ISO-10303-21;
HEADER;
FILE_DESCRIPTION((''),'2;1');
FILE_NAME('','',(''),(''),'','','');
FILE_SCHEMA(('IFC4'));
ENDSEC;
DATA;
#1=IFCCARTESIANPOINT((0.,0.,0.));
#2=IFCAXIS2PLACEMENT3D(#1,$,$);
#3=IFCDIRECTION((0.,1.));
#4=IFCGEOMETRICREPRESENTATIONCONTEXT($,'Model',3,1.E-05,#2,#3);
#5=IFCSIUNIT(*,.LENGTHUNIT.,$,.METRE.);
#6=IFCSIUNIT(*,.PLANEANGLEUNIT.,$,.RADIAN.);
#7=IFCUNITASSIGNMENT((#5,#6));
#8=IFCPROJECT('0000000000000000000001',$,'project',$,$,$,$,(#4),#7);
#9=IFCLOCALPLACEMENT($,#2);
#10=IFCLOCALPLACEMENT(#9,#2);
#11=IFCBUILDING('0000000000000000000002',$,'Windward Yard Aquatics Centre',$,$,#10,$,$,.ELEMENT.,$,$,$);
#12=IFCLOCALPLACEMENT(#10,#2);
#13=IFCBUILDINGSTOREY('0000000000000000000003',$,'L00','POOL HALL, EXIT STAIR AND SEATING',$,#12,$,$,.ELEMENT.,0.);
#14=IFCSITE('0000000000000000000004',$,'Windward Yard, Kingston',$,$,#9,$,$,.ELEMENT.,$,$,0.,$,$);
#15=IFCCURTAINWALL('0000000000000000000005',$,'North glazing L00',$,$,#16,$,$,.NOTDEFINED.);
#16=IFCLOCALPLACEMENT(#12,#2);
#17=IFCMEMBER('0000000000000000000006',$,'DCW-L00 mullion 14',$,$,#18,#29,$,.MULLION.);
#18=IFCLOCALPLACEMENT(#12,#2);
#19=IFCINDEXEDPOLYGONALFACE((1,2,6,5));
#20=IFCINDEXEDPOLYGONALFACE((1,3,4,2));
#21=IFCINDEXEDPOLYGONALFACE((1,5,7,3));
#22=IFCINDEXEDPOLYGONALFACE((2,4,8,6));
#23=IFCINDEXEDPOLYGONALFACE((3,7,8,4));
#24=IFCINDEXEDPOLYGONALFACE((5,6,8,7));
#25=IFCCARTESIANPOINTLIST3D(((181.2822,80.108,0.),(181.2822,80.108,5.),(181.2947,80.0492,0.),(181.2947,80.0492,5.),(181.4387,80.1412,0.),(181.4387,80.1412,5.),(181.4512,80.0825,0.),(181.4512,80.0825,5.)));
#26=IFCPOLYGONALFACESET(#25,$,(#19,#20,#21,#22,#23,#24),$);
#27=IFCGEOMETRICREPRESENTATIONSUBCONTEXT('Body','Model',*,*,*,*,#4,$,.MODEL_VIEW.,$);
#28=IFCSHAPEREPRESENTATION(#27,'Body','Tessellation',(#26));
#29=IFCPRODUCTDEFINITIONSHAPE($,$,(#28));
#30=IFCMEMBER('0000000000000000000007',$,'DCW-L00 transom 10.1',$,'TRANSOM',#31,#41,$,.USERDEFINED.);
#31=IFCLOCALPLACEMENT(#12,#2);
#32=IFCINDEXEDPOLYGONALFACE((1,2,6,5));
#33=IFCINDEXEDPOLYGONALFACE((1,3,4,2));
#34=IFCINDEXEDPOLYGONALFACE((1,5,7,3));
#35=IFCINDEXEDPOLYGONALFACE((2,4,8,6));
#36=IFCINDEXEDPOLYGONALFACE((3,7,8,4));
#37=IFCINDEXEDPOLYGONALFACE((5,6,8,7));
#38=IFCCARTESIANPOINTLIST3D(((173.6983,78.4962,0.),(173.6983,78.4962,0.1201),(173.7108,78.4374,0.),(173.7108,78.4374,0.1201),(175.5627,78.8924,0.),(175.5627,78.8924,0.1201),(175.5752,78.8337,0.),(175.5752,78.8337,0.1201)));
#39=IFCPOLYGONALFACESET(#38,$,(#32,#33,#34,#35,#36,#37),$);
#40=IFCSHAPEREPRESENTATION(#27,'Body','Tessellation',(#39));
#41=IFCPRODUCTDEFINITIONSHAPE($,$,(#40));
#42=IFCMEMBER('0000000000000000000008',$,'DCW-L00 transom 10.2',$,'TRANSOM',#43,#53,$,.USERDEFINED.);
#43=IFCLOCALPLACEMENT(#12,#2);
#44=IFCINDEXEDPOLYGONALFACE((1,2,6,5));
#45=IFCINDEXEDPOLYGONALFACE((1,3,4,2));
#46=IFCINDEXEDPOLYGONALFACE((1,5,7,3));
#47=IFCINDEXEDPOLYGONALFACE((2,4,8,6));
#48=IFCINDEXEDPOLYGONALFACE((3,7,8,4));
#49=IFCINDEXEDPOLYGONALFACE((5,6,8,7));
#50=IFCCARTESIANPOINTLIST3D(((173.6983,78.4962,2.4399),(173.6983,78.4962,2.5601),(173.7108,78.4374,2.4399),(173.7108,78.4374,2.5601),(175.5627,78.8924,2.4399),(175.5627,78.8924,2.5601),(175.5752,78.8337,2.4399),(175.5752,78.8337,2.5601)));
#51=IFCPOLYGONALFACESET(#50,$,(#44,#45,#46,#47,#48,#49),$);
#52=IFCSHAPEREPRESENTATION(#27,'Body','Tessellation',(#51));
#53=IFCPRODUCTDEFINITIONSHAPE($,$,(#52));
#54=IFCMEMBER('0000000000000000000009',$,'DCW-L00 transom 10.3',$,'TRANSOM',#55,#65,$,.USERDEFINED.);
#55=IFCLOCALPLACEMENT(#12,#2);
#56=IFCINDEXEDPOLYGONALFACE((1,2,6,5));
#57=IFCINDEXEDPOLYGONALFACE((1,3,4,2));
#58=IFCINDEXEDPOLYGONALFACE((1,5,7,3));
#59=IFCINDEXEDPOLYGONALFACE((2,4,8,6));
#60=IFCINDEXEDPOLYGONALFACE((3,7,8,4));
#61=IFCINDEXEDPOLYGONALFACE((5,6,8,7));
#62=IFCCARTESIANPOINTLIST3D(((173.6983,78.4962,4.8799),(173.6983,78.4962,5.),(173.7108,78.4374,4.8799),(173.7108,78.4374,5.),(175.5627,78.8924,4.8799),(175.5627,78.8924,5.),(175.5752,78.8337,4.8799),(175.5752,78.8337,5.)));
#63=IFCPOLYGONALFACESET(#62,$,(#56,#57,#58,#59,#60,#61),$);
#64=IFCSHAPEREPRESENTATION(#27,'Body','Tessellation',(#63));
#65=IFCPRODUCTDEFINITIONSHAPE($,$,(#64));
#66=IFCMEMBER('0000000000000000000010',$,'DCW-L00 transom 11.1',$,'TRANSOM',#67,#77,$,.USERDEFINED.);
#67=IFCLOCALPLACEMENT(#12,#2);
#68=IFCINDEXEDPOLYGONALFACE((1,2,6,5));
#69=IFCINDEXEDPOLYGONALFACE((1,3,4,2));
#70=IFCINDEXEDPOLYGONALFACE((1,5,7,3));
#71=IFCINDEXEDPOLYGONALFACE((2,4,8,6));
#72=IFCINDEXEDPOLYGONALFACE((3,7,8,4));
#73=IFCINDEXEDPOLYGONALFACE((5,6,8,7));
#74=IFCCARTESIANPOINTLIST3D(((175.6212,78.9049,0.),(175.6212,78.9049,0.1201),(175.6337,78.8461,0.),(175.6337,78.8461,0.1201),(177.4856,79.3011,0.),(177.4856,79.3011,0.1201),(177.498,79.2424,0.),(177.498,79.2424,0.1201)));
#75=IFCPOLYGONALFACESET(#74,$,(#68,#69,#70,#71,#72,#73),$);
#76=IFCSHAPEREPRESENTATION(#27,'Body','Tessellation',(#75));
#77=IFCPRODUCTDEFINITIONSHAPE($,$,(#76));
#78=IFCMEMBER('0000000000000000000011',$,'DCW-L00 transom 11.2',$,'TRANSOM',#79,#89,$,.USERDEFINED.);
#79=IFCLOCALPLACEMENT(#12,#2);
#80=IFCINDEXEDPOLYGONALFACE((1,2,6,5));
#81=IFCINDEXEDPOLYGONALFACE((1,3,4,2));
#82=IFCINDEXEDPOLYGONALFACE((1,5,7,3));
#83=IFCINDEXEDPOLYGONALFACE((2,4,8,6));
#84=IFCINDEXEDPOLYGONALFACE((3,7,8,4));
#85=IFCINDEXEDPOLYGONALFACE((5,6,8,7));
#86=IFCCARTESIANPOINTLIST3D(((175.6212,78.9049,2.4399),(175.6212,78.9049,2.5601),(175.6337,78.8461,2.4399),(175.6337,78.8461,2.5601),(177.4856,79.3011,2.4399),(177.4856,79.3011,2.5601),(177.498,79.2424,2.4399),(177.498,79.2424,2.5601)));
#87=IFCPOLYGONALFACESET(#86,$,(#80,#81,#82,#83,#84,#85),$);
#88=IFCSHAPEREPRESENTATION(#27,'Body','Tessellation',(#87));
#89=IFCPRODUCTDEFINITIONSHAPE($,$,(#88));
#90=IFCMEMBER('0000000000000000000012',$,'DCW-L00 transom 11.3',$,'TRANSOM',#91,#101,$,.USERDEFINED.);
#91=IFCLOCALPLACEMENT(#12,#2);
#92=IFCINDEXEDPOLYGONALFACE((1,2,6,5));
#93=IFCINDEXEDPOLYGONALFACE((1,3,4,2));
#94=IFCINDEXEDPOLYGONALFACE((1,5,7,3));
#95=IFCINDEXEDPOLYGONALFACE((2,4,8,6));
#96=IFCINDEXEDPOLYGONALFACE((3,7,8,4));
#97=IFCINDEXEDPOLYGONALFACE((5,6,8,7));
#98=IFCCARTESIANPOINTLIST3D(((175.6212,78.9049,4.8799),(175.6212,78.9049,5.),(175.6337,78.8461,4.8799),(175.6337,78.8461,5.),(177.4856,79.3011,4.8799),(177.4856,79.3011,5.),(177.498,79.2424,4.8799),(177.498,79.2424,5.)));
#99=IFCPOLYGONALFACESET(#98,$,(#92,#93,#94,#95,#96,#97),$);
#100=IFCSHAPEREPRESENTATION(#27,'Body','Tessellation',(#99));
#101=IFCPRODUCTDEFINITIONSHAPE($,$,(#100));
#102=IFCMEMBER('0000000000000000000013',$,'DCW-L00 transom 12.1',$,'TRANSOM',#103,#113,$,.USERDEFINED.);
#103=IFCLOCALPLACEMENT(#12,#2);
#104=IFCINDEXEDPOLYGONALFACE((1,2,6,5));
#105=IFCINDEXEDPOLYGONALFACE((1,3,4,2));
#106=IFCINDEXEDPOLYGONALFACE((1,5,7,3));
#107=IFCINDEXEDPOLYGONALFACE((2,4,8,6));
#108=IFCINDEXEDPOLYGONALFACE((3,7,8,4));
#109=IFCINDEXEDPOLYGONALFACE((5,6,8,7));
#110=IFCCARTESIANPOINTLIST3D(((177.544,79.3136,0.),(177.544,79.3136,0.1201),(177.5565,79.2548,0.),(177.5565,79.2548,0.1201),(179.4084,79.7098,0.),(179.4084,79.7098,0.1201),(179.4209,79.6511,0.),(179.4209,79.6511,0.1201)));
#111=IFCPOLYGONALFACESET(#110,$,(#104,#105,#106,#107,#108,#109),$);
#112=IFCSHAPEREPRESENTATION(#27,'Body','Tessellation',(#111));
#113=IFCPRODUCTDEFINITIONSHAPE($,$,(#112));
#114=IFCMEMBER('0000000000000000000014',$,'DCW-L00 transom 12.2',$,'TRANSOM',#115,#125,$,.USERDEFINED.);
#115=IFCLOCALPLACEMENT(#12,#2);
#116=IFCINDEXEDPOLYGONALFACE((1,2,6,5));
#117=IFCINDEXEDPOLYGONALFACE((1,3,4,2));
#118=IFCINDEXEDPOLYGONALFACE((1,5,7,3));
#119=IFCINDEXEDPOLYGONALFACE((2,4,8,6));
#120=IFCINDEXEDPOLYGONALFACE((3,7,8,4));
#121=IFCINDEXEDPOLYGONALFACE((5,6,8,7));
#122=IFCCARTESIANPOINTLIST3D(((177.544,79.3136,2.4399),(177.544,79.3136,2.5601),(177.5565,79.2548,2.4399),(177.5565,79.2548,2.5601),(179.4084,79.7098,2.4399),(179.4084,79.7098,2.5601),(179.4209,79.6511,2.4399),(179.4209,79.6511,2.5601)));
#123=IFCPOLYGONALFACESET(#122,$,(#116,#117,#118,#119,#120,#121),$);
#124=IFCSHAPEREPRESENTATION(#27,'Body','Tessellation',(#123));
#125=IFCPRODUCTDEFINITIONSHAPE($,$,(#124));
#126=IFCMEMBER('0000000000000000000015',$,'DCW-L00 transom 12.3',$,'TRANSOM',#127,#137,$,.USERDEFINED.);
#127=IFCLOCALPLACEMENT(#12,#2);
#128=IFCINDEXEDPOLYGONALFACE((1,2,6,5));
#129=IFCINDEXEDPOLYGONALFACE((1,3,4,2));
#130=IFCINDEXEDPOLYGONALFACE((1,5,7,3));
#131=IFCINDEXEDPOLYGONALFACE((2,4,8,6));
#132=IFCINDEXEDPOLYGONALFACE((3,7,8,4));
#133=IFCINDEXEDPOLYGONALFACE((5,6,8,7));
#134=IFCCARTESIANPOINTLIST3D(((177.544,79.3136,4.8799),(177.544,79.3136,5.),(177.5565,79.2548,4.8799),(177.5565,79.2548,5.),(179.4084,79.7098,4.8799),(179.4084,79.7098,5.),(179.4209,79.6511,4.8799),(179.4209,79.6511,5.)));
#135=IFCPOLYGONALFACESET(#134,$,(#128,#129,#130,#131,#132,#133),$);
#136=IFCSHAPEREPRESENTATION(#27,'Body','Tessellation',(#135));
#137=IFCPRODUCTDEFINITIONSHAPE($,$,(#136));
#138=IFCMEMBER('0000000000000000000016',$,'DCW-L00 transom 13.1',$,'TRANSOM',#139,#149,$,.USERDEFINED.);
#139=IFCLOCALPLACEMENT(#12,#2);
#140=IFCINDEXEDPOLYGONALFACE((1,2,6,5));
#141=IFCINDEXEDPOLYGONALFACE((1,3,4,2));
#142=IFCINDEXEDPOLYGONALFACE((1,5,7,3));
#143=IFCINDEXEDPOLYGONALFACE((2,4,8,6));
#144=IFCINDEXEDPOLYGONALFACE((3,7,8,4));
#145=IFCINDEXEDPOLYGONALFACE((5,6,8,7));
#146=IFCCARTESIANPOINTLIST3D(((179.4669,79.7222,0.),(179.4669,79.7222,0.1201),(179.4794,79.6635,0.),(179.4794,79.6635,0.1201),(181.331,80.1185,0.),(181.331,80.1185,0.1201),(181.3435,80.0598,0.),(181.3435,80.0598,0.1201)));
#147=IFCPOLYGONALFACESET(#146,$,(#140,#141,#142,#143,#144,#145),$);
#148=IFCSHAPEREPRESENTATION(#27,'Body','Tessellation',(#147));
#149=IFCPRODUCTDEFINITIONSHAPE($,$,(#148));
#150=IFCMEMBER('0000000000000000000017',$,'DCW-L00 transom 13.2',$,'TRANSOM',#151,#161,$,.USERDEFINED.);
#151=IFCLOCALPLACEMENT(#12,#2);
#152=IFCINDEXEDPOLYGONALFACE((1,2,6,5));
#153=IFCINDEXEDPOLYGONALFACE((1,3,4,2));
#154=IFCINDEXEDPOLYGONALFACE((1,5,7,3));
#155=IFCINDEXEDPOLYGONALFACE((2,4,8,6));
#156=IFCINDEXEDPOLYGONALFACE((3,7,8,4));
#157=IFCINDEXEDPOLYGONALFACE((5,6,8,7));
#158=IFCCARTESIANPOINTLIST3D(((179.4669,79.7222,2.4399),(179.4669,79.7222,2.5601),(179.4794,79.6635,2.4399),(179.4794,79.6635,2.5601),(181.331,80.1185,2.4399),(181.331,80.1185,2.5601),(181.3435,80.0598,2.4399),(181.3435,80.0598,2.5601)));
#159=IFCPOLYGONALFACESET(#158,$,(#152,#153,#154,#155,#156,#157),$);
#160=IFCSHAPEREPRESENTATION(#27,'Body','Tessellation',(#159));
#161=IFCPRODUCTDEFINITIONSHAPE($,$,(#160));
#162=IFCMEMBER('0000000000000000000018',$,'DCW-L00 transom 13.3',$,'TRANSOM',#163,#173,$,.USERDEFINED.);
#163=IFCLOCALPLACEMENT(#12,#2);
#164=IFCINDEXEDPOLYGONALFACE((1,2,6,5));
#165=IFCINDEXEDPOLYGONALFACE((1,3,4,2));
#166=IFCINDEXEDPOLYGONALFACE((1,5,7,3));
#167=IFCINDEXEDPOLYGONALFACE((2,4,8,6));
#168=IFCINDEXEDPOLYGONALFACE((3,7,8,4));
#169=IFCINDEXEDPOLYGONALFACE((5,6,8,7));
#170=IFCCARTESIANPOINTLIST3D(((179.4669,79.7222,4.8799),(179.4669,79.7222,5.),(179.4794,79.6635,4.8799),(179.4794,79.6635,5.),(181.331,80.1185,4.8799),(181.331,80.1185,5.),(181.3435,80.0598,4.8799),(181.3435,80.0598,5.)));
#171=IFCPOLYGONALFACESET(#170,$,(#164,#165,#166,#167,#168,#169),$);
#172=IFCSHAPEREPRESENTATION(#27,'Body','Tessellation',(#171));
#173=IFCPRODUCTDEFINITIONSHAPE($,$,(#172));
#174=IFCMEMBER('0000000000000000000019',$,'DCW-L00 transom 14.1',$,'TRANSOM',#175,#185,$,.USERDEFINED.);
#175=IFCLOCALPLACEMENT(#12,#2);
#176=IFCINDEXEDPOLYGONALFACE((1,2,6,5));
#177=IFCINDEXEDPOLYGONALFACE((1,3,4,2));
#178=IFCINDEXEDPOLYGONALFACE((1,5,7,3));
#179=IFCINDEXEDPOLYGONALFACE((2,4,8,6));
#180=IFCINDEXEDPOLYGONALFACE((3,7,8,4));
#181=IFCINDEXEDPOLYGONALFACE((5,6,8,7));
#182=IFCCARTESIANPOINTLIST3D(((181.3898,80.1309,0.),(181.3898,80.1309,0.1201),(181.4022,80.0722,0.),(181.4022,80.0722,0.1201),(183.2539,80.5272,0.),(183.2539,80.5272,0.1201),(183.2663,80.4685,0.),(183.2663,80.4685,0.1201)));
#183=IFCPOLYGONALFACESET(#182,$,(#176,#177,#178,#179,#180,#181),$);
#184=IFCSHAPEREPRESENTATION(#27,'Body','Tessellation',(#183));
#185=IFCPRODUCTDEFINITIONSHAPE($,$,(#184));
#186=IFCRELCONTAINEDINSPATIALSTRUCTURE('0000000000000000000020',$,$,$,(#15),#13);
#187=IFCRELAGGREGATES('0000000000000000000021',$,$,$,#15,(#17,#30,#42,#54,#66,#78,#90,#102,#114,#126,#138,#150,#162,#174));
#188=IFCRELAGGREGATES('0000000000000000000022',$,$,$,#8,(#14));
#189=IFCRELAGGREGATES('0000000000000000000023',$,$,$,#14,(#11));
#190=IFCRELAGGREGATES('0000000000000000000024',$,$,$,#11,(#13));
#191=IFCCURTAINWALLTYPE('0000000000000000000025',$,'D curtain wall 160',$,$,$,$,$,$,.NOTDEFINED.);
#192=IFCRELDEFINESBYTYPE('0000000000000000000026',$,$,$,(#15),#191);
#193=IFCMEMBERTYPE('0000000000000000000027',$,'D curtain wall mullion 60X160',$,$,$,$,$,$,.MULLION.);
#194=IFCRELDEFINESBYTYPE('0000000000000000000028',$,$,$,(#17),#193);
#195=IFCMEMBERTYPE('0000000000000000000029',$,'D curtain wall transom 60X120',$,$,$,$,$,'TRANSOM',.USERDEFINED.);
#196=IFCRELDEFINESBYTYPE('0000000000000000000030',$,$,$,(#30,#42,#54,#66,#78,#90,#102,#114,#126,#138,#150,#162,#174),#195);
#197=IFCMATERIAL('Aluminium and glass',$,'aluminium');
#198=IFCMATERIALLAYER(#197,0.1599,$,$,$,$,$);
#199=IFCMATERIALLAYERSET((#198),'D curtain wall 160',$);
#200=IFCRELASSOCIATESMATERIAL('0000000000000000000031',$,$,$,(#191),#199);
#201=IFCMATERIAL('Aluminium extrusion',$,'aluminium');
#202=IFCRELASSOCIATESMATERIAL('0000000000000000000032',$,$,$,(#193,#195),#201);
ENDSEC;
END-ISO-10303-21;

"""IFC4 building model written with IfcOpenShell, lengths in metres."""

from ifc_helpers import new_model, si_unit, direction, frame, origin, origin_2d, place, context, subcontext, project, spatial, rectangle, extrude, material, layer, layer_set, material_profile, profile_set, type_object, element, aggregate, save


model = new_model("IFC4")

# Units and contexts
model_context = context("Model", 3, precision=1e-05, world=origin(), true_north=direction((0.0, 1.0)))
body_context = subcontext(model_context, "Body", "Model", "MODEL_VIEW")
ifc_project = project(units=[si_unit("LENGTHUNIT", "METRE"), si_unit("PLANEANGLEUNIT", "RADIAN")], contexts=[model_context])

# Site, building, storey
site_placement = place(None, origin())
site = spatial("IfcSite", under=ifc_project, at=site_placement, Name="Windward Yard, Kingston", CompositionType="ELEMENT", RefElevation=0.0)
building_placement = place(site_placement, origin())
building = spatial("IfcBuilding", under=site, at=building_placement, Name="Windward Yard Aquatics Centre", CompositionType="ELEMENT")
storey_placement = place(building_placement, origin())
storey = spatial("IfcBuildingStorey", under=building, at=storey_placement, Name="L00", Description="POOL HALL, EXIT STAIR AND SEATING", CompositionType="ELEMENT", Elevation=0.0)

# Curtain wall, members
ifc_material_1 = material(Name="Aluminium and glass", Category="aluminium")
ifc_layer_1 = layer(ifc_material_1, 0.1599)
ifc_layer_set_1 = layer_set([ifc_layer_1], Name="D curtain wall 160")
curtain_wall_type = type_object("IfcCurtainWallType", Name="D curtain wall 160", PredefinedType="NOTDEFINED", material=ifc_layer_set_1)
curtain_wall_placement = place(storey_placement, origin())
curtain_wall = element("IfcCurtainWall", 1, at=curtain_wall_placement, inside=storey, type_object=curtain_wall_type, Name="North glazing L00", PredefinedType="NOTDEFINED")
ifc_material_2 = material(Name="Aluminium extrusion", Category="aluminium")
ifc_material_profile_1 = material_profile(ifc_material_2, rectangle(XDim=0.0601, YDim=0.1599, at=origin_2d()), Name="MULLION 60X160")
ifc_profile_set_1 = profile_set([ifc_material_profile_1], Name="Aluminium extrusion")
member_type_1 = type_object("IfcMemberType", Name="D curtain wall mullion 60X160", PredefinedType="MULLION", material=ifc_profile_set_1)
member_1_placement = place(storey_placement, frame((181.3667, 80.0952, 0.0), z_axis=(0.0, 0.0, 1.0), x_axis=(-0.207912, 0.978148, 0.0)))
member_1 = element("IfcMember", 2, at=member_1_placement, type_object=member_type_1, Name="DCW-L00 mullion 14", PredefinedType="MULLION", context=body_context, shape_type="SweptSolid", body=[
    extrude(rectangle(XDim=0.0601, YDim=0.1599, at=origin_2d()), origin(), (0.0, 0.0, 1.0), 5.0),
])
ifc_material_profile_2 = material_profile(ifc_material_2, rectangle(XDim=0.0601, YDim=0.1201, at=origin_2d()), Name="TRANSOM 60X120")
ifc_profile_set_2 = profile_set([ifc_material_profile_2], Name="Aluminium extrusion")
member_type_2 = type_object("IfcMemberType", Name="D curtain wall transom 60X120", ElementType="TRANSOM", PredefinedType="USERDEFINED", material=ifc_profile_set_2)
member_2_placement = place(storey_placement, frame((173.7046, 78.4668, 0.0601), z_axis=(0.97815, 0.207902, 0.0), x_axis=(-0.207902, 0.97815, 0.0)))
member_2 = element("IfcMember", 3, at=member_2_placement, type_object=member_type_2, Name="DCW-L00 transom 10.1", ObjectType="TRANSOM", PredefinedType="USERDEFINED", context=body_context, shape_type="SweptSolid", body=[
    extrude(rectangle(XDim=0.0601, YDim=0.1201, at=origin_2d()), origin(), (0.0, 0.0, 1.0), 1.906),
])
member_3_placement = place(storey_placement, frame((173.7046, 78.4668, 2.5), z_axis=(0.97815, 0.207902, 0.0), x_axis=(-0.207902, 0.97815, 0.0)))
member_3 = element("IfcMember", 4, at=member_3_placement, type_object=member_type_2, Name="DCW-L00 transom 10.2", ObjectType="TRANSOM", PredefinedType="USERDEFINED", context=body_context, shape_type="SweptSolid", body=[
    extrude(rectangle(XDim=0.0601, YDim=0.1201, at=origin_2d()), origin(), (0.0, 0.0, 1.0), 1.906),
])
member_4_placement = place(storey_placement, frame((173.7046, 78.4668, 4.9399), z_axis=(0.97815, 0.207902, 0.0), x_axis=(-0.207902, 0.97815, 0.0)))
member_4 = element("IfcMember", 5, at=member_4_placement, type_object=member_type_2, Name="DCW-L00 transom 10.3", ObjectType="TRANSOM", PredefinedType="USERDEFINED", context=body_context, shape_type="SweptSolid", body=[
    extrude(rectangle(XDim=0.0601, YDim=0.1201, at=origin_2d()), origin(), (0.0, 0.0, 1.0), 1.906),
])
member_5_placement = place(storey_placement, frame((175.6274, 78.8755, 0.0601), z_axis=(0.97815, 0.207902, 0.0), x_axis=(-0.207902, 0.97815, 0.0)))
member_5 = element("IfcMember", 6, at=member_5_placement, type_object=member_type_2, Name="DCW-L00 transom 11.1", ObjectType="TRANSOM", PredefinedType="USERDEFINED", context=body_context, shape_type="SweptSolid", body=[
    extrude(rectangle(XDim=0.0601, YDim=0.1201, at=origin_2d()), origin(), (0.0, 0.0, 1.0), 1.906),
])
member_6_placement = place(storey_placement, frame((175.6274, 78.8755, 2.5), z_axis=(0.97815, 0.207902, 0.0), x_axis=(-0.207902, 0.97815, 0.0)))
member_6 = element("IfcMember", 7, at=member_6_placement, type_object=member_type_2, Name="DCW-L00 transom 11.2", ObjectType="TRANSOM", PredefinedType="USERDEFINED", context=body_context, shape_type="SweptSolid", body=[
    extrude(rectangle(XDim=0.0601, YDim=0.1201, at=origin_2d()), origin(), (0.0, 0.0, 1.0), 1.906),
])
member_7_placement = place(storey_placement, frame((175.6274, 78.8755, 4.9399), z_axis=(0.97815, 0.207902, 0.0), x_axis=(-0.207902, 0.97815, 0.0)))
member_7 = element("IfcMember", 8, at=member_7_placement, type_object=member_type_2, Name="DCW-L00 transom 11.3", ObjectType="TRANSOM", PredefinedType="USERDEFINED", context=body_context, shape_type="SweptSolid", body=[
    extrude(rectangle(XDim=0.0601, YDim=0.1201, at=origin_2d()), origin(), (0.0, 0.0, 1.0), 1.906),
])
member_8_placement = place(storey_placement, frame((177.5503, 79.2842, 0.0601), z_axis=(0.97815, 0.207902, 0.0), x_axis=(-0.207902, 0.97815, 0.0)))
member_8 = element("IfcMember", 9, at=member_8_placement, type_object=member_type_2, Name="DCW-L00 transom 12.1", ObjectType="TRANSOM", PredefinedType="USERDEFINED", context=body_context, shape_type="SweptSolid", body=[
    extrude(rectangle(XDim=0.0601, YDim=0.1201, at=origin_2d()), origin(), (0.0, 0.0, 1.0), 1.906),
])
member_9_placement = place(storey_placement, frame((177.5503, 79.2842, 2.5), z_axis=(0.97815, 0.207902, 0.0), x_axis=(-0.207902, 0.97815, 0.0)))
member_9 = element("IfcMember", 10, at=member_9_placement, type_object=member_type_2, Name="DCW-L00 transom 12.2", ObjectType="TRANSOM", PredefinedType="USERDEFINED", context=body_context, shape_type="SweptSolid", body=[
    extrude(rectangle(XDim=0.0601, YDim=0.1201, at=origin_2d()), origin(), (0.0, 0.0, 1.0), 1.906),
])
member_10_placement = place(storey_placement, frame((177.5503, 79.2842, 4.9399), z_axis=(0.97815, 0.207902, 0.0), x_axis=(-0.207902, 0.97815, 0.0)))
member_10 = element("IfcMember", 11, at=member_10_placement, type_object=member_type_2, Name="DCW-L00 transom 12.3", ObjectType="TRANSOM", PredefinedType="USERDEFINED", context=body_context, shape_type="SweptSolid", body=[
    extrude(rectangle(XDim=0.0601, YDim=0.1201, at=origin_2d()), origin(), (0.0, 0.0, 1.0), 1.906),
])
member_11_placement = place(storey_placement, frame((179.4731, 79.6929, 0.0601), z_axis=(0.978144, 0.207928, 0.0), x_axis=(-0.207928, 0.978144, 0.0)))
member_11 = element("IfcMember", 12, at=member_11_placement, type_object=member_type_2, Name="DCW-L00 transom 13.1", ObjectType="TRANSOM", PredefinedType="USERDEFINED", context=body_context, shape_type="SweptSolid", body=[
    extrude(rectangle(XDim=0.0601, YDim=0.1201, at=origin_2d()), origin(), (0.0, 0.0, 1.0), 1.9058),
])
member_12_placement = place(storey_placement, frame((179.4731, 79.6929, 2.5), z_axis=(0.978144, 0.207928, 0.0), x_axis=(-0.207928, 0.978144, 0.0)))
member_12 = element("IfcMember", 13, at=member_12_placement, type_object=member_type_2, Name="DCW-L00 transom 13.2", ObjectType="TRANSOM", PredefinedType="USERDEFINED", context=body_context, shape_type="SweptSolid", body=[
    extrude(rectangle(XDim=0.0601, YDim=0.1201, at=origin_2d()), origin(), (0.0, 0.0, 1.0), 1.9058),
])
member_13_placement = place(storey_placement, frame((179.4731, 79.6929, 4.9399), z_axis=(0.978144, 0.207928, 0.0), x_axis=(-0.207928, 0.978144, 0.0)))
member_13 = element("IfcMember", 14, at=member_13_placement, type_object=member_type_2, Name="DCW-L00 transom 13.3", ObjectType="TRANSOM", PredefinedType="USERDEFINED", context=body_context, shape_type="SweptSolid", body=[
    extrude(rectangle(XDim=0.0601, YDim=0.1201, at=origin_2d()), origin(), (0.0, 0.0, 1.0), 1.9058),
])
member_14_placement = place(storey_placement, frame((181.396, 80.1016, 0.0601), z_axis=(0.978144, 0.207928, 0.0), x_axis=(-0.207928, 0.978144, 0.0)))
member_14 = element("IfcMember", 15, at=member_14_placement, type_object=member_type_2, Name="DCW-L00 transom 14.1", ObjectType="TRANSOM", PredefinedType="USERDEFINED", context=body_context, shape_type="SweptSolid", body=[
    extrude(rectangle(XDim=0.0601, YDim=0.1201, at=origin_2d()), origin(), (0.0, 0.0, 1.0), 1.9058),
])
aggregate(curtain_wall, [member_1, member_2, member_3, member_4, member_5, member_6, member_7, member_8, member_9, member_10, member_11, member_12, member_13, member_14])

save(model, "model.ifc")
